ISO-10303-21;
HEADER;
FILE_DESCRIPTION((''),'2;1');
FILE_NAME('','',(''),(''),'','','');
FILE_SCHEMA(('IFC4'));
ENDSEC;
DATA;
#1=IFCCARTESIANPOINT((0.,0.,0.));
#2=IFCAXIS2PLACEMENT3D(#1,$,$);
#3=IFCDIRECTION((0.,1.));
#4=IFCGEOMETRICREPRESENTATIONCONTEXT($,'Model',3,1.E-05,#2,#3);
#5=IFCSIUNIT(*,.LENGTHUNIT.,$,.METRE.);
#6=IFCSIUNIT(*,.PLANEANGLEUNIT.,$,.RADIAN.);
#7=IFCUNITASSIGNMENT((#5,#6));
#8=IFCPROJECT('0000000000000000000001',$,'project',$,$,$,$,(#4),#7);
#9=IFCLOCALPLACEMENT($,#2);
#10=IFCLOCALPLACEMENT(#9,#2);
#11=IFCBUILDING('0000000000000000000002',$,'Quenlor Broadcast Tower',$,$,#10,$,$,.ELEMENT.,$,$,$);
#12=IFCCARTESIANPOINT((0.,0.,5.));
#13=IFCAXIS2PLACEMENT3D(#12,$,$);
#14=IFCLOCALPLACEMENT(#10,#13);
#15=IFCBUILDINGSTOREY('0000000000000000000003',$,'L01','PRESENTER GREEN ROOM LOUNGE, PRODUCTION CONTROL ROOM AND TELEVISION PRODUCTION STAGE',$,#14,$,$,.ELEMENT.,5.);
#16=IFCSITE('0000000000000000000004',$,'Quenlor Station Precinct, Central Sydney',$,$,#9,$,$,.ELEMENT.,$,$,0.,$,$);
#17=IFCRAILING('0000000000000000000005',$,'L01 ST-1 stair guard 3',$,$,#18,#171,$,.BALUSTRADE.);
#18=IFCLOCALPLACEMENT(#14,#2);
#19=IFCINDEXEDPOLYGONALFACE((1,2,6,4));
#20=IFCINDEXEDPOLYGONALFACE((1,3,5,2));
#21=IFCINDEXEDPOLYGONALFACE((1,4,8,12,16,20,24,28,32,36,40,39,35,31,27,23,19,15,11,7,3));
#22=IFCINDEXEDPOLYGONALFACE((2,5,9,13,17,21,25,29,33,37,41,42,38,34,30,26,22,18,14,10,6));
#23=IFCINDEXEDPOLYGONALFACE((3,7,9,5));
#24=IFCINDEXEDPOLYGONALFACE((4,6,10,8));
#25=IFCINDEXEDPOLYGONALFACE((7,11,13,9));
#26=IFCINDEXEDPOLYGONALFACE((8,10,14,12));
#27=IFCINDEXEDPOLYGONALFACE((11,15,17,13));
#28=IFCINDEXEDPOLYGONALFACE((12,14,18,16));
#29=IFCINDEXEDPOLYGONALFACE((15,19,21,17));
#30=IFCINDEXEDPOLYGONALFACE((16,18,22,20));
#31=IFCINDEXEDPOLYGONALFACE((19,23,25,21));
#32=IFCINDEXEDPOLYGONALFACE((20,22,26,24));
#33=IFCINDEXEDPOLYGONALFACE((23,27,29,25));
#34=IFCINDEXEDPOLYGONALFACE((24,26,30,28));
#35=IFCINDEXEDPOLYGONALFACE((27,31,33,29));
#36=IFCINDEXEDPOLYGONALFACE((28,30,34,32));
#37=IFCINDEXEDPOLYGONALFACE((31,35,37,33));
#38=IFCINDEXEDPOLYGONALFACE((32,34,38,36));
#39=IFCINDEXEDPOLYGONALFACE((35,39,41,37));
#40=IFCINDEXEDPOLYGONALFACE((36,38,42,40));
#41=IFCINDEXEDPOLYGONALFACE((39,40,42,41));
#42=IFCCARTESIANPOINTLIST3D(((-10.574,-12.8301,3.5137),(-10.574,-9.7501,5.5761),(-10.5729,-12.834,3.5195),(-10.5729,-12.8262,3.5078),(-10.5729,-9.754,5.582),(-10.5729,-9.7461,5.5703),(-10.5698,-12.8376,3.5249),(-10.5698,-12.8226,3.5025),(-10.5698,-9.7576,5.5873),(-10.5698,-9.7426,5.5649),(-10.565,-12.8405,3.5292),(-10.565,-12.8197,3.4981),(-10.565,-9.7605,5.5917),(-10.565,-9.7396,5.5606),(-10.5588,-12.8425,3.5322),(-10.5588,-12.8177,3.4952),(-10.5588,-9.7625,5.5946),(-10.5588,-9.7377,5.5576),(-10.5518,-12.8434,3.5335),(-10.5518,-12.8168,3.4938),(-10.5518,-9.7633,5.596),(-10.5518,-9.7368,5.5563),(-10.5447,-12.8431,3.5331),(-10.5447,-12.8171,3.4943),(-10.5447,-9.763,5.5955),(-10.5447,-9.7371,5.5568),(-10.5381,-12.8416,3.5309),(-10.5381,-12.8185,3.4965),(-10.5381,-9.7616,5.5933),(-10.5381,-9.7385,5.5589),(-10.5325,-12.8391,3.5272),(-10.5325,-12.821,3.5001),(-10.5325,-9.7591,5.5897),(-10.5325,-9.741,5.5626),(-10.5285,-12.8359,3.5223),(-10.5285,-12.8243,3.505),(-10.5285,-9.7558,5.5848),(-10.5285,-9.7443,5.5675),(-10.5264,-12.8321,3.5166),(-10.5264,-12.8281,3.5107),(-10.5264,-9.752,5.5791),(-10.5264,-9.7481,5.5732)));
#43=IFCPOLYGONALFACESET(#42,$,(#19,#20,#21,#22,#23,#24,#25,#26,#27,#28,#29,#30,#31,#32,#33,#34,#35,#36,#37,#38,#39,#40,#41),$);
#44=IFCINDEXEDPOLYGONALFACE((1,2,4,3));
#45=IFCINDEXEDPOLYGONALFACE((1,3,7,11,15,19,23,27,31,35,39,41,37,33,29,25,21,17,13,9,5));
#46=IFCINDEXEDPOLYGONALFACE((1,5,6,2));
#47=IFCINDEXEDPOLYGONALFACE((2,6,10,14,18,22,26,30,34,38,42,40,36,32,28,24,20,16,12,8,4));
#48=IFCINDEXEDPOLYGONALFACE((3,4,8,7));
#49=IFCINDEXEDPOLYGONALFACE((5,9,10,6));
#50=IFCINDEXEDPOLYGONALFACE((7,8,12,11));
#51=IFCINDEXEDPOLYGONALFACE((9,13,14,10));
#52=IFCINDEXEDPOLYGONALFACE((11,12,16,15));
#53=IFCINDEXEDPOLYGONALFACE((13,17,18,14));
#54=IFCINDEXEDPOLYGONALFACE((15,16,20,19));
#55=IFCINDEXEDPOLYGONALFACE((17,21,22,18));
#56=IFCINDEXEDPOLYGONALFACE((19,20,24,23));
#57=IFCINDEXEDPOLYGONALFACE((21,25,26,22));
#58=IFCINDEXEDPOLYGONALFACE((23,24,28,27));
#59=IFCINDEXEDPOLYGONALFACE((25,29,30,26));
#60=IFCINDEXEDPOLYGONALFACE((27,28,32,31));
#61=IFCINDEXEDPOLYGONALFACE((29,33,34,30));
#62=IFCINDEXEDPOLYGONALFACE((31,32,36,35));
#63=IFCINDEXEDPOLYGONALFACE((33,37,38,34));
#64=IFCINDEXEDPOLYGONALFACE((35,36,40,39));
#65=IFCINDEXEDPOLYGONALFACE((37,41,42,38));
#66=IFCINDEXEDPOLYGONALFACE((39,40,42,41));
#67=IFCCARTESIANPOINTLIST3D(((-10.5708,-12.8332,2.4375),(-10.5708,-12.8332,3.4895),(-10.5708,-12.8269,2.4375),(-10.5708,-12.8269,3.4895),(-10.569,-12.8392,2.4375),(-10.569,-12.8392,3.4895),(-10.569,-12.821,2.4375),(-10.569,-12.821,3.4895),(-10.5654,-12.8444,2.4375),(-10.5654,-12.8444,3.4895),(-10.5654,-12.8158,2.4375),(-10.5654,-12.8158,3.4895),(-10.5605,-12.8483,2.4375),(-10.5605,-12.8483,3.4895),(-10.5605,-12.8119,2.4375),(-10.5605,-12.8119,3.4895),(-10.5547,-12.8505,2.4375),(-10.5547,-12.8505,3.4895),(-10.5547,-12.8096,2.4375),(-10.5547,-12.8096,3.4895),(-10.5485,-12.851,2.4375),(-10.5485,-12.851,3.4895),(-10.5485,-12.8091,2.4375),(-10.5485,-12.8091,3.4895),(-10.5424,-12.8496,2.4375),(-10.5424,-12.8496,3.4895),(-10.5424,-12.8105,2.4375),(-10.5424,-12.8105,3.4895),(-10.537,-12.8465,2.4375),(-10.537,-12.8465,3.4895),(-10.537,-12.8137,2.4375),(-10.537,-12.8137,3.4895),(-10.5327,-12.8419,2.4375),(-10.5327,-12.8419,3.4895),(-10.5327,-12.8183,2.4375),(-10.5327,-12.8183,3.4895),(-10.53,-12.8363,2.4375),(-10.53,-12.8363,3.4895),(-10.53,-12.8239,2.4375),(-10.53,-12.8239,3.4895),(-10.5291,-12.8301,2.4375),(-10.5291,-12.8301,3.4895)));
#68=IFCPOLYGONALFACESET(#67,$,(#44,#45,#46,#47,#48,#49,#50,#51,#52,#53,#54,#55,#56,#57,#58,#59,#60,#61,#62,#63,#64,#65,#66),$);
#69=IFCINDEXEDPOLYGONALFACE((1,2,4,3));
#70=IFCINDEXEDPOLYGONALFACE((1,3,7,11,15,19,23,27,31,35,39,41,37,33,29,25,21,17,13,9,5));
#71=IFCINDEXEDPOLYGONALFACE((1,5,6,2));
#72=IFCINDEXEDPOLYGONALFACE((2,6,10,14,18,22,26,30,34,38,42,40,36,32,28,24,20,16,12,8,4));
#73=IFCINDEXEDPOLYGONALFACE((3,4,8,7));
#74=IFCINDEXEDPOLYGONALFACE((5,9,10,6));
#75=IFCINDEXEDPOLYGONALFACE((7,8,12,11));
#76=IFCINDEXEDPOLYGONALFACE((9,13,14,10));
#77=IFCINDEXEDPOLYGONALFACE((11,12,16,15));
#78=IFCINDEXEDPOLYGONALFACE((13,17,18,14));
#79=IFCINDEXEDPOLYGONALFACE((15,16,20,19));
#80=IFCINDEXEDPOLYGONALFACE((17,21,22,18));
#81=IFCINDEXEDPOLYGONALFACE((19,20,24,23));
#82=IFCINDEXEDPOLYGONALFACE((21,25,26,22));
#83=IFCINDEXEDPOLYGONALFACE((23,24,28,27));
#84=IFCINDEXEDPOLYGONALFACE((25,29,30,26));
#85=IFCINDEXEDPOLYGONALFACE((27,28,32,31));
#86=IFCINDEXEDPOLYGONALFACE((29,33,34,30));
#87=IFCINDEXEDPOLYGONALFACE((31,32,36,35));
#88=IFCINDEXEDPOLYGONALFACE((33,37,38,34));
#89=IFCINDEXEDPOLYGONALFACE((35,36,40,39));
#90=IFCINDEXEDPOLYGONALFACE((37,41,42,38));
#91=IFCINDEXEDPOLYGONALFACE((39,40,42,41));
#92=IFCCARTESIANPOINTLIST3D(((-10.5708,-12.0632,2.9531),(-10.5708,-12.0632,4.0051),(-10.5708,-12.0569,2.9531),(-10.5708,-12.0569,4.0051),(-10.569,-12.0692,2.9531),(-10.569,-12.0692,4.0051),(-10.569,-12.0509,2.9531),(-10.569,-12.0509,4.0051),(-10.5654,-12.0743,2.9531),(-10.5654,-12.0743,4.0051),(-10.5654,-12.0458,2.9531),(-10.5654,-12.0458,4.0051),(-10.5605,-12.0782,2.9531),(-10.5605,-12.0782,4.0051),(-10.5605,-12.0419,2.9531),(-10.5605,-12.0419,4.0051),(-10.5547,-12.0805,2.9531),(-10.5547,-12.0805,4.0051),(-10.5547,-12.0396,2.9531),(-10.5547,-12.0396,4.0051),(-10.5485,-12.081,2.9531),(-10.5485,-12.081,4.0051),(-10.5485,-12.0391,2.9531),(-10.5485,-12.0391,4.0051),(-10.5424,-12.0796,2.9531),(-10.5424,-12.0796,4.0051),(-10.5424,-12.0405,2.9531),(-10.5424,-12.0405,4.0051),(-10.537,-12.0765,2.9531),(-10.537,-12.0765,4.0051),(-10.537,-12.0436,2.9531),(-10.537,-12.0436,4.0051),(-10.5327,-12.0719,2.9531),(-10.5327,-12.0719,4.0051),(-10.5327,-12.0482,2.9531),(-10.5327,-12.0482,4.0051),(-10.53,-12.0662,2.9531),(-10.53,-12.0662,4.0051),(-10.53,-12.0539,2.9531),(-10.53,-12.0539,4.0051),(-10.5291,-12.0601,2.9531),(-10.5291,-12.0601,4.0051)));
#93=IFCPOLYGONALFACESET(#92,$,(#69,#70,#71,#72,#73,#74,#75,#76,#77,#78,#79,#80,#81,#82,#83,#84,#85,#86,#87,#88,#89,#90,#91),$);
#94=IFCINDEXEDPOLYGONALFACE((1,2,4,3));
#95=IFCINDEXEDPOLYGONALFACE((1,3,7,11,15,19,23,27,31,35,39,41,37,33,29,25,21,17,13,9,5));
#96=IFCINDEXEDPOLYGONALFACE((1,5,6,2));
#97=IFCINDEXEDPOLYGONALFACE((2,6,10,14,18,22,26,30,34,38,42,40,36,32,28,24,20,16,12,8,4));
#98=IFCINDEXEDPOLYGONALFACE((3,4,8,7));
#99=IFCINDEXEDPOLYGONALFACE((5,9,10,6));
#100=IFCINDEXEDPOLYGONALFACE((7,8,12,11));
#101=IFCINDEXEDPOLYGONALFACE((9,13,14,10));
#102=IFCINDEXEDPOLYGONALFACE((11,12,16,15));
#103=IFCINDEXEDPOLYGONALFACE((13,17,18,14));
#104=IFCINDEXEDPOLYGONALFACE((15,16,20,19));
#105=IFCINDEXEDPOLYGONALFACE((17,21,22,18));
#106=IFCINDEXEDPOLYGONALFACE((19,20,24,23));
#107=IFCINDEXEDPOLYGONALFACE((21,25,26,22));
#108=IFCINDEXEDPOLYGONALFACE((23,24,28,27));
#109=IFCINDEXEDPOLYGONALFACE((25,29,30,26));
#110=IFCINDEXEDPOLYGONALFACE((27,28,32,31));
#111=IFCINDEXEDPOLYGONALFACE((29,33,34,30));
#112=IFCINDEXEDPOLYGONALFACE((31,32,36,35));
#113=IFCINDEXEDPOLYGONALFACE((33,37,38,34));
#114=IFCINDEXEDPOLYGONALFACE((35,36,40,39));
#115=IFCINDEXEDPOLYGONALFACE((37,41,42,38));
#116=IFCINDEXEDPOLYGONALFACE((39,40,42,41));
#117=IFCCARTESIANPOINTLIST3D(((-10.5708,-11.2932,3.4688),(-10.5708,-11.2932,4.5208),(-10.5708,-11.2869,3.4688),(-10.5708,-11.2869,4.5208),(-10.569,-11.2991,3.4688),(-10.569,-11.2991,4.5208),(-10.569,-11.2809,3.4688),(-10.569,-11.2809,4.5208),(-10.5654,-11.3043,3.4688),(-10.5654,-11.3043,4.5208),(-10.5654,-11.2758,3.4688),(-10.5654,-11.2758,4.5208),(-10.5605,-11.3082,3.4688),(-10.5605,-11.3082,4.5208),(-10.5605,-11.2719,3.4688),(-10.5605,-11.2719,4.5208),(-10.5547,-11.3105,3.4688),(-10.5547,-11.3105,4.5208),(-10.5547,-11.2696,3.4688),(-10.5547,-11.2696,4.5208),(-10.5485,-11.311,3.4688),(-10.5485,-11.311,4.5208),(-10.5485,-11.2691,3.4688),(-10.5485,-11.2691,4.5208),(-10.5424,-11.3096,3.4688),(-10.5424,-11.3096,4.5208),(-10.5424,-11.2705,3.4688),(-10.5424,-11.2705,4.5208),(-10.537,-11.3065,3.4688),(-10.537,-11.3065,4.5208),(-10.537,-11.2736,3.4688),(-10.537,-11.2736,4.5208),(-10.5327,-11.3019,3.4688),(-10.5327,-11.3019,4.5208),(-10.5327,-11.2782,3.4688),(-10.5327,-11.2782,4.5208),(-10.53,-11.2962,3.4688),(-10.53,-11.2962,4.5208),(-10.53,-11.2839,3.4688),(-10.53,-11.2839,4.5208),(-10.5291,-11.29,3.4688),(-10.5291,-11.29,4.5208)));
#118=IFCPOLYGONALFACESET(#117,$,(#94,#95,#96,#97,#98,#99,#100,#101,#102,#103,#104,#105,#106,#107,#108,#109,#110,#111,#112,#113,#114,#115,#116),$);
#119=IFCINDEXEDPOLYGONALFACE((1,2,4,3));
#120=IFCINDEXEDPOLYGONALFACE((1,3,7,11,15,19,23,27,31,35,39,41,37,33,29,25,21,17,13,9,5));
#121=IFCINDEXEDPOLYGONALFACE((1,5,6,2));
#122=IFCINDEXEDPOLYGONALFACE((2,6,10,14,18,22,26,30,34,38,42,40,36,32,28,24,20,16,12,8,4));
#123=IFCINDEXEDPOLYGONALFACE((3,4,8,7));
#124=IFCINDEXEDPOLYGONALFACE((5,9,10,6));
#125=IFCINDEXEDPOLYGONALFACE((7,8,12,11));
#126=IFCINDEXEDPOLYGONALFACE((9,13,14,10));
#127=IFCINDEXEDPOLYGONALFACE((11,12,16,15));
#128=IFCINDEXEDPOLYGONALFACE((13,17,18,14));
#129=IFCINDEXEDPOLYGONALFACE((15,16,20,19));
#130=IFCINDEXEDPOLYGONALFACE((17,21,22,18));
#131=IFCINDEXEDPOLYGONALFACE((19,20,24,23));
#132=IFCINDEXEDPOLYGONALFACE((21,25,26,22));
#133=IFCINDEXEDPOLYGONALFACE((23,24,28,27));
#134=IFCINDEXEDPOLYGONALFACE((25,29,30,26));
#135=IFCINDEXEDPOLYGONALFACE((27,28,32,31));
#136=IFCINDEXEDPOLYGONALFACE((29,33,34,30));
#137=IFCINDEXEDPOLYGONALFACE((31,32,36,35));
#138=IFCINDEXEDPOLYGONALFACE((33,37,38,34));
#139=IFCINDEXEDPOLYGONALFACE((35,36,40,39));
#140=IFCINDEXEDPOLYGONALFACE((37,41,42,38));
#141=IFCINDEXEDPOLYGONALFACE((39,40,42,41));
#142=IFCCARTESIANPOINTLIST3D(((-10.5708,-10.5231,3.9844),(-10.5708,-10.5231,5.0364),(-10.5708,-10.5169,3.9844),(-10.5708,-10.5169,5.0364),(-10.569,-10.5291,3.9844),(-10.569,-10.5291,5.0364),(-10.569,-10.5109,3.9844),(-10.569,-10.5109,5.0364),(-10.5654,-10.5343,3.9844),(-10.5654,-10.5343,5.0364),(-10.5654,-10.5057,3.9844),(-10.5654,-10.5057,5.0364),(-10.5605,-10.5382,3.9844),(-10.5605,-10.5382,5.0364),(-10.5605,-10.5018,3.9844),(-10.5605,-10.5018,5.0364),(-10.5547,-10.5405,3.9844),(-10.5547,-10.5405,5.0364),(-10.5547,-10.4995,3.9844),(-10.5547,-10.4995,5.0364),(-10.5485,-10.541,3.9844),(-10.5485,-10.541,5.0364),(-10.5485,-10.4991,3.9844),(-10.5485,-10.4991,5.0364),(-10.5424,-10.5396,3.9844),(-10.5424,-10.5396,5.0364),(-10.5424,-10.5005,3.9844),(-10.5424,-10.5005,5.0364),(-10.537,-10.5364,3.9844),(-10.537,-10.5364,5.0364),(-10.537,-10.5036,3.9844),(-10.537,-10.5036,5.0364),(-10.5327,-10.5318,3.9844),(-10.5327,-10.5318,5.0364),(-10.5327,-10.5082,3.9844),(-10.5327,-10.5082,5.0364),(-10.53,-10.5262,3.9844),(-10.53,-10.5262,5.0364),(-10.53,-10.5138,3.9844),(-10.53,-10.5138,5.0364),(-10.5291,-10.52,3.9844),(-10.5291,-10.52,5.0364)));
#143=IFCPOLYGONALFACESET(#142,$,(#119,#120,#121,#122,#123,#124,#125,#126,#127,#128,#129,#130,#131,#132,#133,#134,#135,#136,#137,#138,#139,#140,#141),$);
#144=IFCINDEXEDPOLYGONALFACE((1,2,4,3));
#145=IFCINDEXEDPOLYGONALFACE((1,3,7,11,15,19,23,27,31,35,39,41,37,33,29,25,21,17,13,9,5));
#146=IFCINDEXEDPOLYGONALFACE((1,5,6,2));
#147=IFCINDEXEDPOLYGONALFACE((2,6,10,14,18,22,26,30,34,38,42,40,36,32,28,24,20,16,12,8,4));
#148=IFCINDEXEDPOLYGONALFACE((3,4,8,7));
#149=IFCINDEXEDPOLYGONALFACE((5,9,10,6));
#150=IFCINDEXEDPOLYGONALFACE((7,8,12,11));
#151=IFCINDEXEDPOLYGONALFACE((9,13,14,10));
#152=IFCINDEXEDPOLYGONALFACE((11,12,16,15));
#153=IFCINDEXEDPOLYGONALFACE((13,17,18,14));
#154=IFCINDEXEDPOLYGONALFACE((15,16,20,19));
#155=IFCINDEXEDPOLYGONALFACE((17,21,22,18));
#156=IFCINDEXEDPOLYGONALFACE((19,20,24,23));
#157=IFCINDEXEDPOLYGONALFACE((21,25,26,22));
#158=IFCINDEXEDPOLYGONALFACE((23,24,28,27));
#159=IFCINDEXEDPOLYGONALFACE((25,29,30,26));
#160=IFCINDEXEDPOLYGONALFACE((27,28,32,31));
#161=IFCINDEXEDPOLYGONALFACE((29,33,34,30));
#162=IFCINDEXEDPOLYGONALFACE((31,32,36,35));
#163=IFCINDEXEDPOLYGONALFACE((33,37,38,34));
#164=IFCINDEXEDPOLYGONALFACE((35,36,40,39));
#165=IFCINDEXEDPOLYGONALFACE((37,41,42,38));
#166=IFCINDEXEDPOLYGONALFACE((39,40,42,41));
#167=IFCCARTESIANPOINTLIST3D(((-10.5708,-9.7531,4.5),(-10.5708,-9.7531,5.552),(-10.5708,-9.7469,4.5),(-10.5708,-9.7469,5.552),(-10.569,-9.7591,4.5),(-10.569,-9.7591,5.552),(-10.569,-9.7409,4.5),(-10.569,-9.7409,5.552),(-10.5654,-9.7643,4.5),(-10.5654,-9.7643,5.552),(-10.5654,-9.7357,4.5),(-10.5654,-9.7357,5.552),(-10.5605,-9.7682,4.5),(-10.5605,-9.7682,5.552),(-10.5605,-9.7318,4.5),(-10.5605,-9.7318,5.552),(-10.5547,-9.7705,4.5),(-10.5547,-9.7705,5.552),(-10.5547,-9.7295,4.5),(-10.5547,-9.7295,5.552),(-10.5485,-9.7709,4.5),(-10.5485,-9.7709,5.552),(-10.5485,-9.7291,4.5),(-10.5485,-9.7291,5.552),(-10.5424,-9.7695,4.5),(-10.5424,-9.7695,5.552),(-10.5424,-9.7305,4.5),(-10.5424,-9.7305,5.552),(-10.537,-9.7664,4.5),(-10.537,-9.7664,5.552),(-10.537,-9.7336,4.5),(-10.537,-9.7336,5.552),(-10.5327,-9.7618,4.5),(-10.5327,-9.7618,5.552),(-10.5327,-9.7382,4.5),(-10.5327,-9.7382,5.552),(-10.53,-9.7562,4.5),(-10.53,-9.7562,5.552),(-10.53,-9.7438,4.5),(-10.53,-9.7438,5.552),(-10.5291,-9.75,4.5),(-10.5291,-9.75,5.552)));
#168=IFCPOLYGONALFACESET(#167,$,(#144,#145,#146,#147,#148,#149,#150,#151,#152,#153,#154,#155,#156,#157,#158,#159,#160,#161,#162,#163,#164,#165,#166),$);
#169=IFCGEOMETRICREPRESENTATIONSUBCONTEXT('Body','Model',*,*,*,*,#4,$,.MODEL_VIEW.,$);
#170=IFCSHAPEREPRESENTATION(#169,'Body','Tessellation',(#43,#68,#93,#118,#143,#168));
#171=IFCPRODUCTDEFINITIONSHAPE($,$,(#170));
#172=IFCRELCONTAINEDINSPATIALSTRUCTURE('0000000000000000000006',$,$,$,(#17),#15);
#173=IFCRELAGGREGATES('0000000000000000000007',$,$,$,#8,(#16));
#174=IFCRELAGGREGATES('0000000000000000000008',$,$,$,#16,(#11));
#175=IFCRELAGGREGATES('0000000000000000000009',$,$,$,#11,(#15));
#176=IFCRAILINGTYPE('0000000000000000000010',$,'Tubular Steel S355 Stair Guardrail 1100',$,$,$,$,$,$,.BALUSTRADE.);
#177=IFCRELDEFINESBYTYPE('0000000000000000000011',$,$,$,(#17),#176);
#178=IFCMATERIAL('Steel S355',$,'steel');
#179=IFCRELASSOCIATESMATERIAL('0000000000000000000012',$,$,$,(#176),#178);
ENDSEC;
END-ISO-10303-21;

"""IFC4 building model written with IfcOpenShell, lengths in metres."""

from ifc_helpers import new_model, si_unit, direction, frame, origin, origin_2d, place, context, subcontext, project, spatial, circle, extrude, material, type_object, element, save


model = new_model("IFC4")

# Units and contexts
model_context = context("Model", 3, precision=1e-05, world=origin(), true_north=direction((0.0, 1.0)))
body_context = subcontext(model_context, "Body", "Model", "MODEL_VIEW")
ifc_project = project(units=[si_unit("LENGTHUNIT", "METRE"), si_unit("PLANEANGLEUNIT", "RADIAN")], contexts=[model_context])

# Site, building, storey
site_placement = place(None, origin())
site = spatial("IfcSite", under=ifc_project, at=site_placement, Name="Quenlor Station Precinct, Central Sydney", CompositionType="ELEMENT", RefElevation=0.0)
building_placement = place(site_placement, origin())
building = spatial("IfcBuilding", under=site, at=building_placement, Name="Quenlor Broadcast Tower", CompositionType="ELEMENT")
storey_placement = place(building_placement, frame((0.0, 0.0, 5.0)))
storey = spatial("IfcBuildingStorey", under=building, at=storey_placement, Name="L01", Description="PRESENTER GREEN ROOM LOUNGE, PRODUCTION CONTROL ROOM AND TELEVISION PRODUCTION STAGE", CompositionType="ELEMENT", Elevation=5.0)

# Railing
ifc_material_1 = material(Name="Steel S355", Category="steel")
railing_type_1 = type_object("IfcRailingType", Name="Tubular Steel S355 Stair Guardrail 1100", PredefinedType="BALUSTRADE", material=ifc_material_1)
railing_1_placement = place(storey_placement, frame((-10.55, -12.8301, 2.4375)))
element("IfcRailing", 1, at=railing_1_placement, inside=storey, type_object=railing_type_1, Name="L01 ST-1 stair guard 3", PredefinedType="BALUSTRADE", context=body_context, shape_type="SweptSolid", body=[
    extrude(circle(Radius=0.0239, at=origin_2d()), frame((0.0, 0.0, 1.0762), z_axis=(0.0, 0.830914, 0.556401), x_axis=(-1.0, 0.0, 0.0)), (0.0, 0.0, 1.0), 3.7068),
    extrude(circle(Radius=0.021, at=origin_2d()), origin(), (0.0, 0.0, 1.0), 1.052),
    extrude(circle(Radius=0.021, at=origin_2d()), frame((0.0, 0.77, 0.5156)), (0.0, 0.0, 1.0), 1.052),
    extrude(circle(Radius=0.021, at=origin_2d()), frame((0.0, 1.54, 1.0312)), (0.0, 0.0, 1.0), 1.052),
    extrude(circle(Radius=0.021, at=origin_2d()), frame((0.0, 2.3101, 1.5469)), (0.0, 0.0, 1.0), 1.052),
    extrude(circle(Radius=0.021, at=origin_2d()), frame((0.0, 3.0801, 2.0625)), (0.0, 0.0, 1.0), 1.052),
])

save(model, "model.ifc")
